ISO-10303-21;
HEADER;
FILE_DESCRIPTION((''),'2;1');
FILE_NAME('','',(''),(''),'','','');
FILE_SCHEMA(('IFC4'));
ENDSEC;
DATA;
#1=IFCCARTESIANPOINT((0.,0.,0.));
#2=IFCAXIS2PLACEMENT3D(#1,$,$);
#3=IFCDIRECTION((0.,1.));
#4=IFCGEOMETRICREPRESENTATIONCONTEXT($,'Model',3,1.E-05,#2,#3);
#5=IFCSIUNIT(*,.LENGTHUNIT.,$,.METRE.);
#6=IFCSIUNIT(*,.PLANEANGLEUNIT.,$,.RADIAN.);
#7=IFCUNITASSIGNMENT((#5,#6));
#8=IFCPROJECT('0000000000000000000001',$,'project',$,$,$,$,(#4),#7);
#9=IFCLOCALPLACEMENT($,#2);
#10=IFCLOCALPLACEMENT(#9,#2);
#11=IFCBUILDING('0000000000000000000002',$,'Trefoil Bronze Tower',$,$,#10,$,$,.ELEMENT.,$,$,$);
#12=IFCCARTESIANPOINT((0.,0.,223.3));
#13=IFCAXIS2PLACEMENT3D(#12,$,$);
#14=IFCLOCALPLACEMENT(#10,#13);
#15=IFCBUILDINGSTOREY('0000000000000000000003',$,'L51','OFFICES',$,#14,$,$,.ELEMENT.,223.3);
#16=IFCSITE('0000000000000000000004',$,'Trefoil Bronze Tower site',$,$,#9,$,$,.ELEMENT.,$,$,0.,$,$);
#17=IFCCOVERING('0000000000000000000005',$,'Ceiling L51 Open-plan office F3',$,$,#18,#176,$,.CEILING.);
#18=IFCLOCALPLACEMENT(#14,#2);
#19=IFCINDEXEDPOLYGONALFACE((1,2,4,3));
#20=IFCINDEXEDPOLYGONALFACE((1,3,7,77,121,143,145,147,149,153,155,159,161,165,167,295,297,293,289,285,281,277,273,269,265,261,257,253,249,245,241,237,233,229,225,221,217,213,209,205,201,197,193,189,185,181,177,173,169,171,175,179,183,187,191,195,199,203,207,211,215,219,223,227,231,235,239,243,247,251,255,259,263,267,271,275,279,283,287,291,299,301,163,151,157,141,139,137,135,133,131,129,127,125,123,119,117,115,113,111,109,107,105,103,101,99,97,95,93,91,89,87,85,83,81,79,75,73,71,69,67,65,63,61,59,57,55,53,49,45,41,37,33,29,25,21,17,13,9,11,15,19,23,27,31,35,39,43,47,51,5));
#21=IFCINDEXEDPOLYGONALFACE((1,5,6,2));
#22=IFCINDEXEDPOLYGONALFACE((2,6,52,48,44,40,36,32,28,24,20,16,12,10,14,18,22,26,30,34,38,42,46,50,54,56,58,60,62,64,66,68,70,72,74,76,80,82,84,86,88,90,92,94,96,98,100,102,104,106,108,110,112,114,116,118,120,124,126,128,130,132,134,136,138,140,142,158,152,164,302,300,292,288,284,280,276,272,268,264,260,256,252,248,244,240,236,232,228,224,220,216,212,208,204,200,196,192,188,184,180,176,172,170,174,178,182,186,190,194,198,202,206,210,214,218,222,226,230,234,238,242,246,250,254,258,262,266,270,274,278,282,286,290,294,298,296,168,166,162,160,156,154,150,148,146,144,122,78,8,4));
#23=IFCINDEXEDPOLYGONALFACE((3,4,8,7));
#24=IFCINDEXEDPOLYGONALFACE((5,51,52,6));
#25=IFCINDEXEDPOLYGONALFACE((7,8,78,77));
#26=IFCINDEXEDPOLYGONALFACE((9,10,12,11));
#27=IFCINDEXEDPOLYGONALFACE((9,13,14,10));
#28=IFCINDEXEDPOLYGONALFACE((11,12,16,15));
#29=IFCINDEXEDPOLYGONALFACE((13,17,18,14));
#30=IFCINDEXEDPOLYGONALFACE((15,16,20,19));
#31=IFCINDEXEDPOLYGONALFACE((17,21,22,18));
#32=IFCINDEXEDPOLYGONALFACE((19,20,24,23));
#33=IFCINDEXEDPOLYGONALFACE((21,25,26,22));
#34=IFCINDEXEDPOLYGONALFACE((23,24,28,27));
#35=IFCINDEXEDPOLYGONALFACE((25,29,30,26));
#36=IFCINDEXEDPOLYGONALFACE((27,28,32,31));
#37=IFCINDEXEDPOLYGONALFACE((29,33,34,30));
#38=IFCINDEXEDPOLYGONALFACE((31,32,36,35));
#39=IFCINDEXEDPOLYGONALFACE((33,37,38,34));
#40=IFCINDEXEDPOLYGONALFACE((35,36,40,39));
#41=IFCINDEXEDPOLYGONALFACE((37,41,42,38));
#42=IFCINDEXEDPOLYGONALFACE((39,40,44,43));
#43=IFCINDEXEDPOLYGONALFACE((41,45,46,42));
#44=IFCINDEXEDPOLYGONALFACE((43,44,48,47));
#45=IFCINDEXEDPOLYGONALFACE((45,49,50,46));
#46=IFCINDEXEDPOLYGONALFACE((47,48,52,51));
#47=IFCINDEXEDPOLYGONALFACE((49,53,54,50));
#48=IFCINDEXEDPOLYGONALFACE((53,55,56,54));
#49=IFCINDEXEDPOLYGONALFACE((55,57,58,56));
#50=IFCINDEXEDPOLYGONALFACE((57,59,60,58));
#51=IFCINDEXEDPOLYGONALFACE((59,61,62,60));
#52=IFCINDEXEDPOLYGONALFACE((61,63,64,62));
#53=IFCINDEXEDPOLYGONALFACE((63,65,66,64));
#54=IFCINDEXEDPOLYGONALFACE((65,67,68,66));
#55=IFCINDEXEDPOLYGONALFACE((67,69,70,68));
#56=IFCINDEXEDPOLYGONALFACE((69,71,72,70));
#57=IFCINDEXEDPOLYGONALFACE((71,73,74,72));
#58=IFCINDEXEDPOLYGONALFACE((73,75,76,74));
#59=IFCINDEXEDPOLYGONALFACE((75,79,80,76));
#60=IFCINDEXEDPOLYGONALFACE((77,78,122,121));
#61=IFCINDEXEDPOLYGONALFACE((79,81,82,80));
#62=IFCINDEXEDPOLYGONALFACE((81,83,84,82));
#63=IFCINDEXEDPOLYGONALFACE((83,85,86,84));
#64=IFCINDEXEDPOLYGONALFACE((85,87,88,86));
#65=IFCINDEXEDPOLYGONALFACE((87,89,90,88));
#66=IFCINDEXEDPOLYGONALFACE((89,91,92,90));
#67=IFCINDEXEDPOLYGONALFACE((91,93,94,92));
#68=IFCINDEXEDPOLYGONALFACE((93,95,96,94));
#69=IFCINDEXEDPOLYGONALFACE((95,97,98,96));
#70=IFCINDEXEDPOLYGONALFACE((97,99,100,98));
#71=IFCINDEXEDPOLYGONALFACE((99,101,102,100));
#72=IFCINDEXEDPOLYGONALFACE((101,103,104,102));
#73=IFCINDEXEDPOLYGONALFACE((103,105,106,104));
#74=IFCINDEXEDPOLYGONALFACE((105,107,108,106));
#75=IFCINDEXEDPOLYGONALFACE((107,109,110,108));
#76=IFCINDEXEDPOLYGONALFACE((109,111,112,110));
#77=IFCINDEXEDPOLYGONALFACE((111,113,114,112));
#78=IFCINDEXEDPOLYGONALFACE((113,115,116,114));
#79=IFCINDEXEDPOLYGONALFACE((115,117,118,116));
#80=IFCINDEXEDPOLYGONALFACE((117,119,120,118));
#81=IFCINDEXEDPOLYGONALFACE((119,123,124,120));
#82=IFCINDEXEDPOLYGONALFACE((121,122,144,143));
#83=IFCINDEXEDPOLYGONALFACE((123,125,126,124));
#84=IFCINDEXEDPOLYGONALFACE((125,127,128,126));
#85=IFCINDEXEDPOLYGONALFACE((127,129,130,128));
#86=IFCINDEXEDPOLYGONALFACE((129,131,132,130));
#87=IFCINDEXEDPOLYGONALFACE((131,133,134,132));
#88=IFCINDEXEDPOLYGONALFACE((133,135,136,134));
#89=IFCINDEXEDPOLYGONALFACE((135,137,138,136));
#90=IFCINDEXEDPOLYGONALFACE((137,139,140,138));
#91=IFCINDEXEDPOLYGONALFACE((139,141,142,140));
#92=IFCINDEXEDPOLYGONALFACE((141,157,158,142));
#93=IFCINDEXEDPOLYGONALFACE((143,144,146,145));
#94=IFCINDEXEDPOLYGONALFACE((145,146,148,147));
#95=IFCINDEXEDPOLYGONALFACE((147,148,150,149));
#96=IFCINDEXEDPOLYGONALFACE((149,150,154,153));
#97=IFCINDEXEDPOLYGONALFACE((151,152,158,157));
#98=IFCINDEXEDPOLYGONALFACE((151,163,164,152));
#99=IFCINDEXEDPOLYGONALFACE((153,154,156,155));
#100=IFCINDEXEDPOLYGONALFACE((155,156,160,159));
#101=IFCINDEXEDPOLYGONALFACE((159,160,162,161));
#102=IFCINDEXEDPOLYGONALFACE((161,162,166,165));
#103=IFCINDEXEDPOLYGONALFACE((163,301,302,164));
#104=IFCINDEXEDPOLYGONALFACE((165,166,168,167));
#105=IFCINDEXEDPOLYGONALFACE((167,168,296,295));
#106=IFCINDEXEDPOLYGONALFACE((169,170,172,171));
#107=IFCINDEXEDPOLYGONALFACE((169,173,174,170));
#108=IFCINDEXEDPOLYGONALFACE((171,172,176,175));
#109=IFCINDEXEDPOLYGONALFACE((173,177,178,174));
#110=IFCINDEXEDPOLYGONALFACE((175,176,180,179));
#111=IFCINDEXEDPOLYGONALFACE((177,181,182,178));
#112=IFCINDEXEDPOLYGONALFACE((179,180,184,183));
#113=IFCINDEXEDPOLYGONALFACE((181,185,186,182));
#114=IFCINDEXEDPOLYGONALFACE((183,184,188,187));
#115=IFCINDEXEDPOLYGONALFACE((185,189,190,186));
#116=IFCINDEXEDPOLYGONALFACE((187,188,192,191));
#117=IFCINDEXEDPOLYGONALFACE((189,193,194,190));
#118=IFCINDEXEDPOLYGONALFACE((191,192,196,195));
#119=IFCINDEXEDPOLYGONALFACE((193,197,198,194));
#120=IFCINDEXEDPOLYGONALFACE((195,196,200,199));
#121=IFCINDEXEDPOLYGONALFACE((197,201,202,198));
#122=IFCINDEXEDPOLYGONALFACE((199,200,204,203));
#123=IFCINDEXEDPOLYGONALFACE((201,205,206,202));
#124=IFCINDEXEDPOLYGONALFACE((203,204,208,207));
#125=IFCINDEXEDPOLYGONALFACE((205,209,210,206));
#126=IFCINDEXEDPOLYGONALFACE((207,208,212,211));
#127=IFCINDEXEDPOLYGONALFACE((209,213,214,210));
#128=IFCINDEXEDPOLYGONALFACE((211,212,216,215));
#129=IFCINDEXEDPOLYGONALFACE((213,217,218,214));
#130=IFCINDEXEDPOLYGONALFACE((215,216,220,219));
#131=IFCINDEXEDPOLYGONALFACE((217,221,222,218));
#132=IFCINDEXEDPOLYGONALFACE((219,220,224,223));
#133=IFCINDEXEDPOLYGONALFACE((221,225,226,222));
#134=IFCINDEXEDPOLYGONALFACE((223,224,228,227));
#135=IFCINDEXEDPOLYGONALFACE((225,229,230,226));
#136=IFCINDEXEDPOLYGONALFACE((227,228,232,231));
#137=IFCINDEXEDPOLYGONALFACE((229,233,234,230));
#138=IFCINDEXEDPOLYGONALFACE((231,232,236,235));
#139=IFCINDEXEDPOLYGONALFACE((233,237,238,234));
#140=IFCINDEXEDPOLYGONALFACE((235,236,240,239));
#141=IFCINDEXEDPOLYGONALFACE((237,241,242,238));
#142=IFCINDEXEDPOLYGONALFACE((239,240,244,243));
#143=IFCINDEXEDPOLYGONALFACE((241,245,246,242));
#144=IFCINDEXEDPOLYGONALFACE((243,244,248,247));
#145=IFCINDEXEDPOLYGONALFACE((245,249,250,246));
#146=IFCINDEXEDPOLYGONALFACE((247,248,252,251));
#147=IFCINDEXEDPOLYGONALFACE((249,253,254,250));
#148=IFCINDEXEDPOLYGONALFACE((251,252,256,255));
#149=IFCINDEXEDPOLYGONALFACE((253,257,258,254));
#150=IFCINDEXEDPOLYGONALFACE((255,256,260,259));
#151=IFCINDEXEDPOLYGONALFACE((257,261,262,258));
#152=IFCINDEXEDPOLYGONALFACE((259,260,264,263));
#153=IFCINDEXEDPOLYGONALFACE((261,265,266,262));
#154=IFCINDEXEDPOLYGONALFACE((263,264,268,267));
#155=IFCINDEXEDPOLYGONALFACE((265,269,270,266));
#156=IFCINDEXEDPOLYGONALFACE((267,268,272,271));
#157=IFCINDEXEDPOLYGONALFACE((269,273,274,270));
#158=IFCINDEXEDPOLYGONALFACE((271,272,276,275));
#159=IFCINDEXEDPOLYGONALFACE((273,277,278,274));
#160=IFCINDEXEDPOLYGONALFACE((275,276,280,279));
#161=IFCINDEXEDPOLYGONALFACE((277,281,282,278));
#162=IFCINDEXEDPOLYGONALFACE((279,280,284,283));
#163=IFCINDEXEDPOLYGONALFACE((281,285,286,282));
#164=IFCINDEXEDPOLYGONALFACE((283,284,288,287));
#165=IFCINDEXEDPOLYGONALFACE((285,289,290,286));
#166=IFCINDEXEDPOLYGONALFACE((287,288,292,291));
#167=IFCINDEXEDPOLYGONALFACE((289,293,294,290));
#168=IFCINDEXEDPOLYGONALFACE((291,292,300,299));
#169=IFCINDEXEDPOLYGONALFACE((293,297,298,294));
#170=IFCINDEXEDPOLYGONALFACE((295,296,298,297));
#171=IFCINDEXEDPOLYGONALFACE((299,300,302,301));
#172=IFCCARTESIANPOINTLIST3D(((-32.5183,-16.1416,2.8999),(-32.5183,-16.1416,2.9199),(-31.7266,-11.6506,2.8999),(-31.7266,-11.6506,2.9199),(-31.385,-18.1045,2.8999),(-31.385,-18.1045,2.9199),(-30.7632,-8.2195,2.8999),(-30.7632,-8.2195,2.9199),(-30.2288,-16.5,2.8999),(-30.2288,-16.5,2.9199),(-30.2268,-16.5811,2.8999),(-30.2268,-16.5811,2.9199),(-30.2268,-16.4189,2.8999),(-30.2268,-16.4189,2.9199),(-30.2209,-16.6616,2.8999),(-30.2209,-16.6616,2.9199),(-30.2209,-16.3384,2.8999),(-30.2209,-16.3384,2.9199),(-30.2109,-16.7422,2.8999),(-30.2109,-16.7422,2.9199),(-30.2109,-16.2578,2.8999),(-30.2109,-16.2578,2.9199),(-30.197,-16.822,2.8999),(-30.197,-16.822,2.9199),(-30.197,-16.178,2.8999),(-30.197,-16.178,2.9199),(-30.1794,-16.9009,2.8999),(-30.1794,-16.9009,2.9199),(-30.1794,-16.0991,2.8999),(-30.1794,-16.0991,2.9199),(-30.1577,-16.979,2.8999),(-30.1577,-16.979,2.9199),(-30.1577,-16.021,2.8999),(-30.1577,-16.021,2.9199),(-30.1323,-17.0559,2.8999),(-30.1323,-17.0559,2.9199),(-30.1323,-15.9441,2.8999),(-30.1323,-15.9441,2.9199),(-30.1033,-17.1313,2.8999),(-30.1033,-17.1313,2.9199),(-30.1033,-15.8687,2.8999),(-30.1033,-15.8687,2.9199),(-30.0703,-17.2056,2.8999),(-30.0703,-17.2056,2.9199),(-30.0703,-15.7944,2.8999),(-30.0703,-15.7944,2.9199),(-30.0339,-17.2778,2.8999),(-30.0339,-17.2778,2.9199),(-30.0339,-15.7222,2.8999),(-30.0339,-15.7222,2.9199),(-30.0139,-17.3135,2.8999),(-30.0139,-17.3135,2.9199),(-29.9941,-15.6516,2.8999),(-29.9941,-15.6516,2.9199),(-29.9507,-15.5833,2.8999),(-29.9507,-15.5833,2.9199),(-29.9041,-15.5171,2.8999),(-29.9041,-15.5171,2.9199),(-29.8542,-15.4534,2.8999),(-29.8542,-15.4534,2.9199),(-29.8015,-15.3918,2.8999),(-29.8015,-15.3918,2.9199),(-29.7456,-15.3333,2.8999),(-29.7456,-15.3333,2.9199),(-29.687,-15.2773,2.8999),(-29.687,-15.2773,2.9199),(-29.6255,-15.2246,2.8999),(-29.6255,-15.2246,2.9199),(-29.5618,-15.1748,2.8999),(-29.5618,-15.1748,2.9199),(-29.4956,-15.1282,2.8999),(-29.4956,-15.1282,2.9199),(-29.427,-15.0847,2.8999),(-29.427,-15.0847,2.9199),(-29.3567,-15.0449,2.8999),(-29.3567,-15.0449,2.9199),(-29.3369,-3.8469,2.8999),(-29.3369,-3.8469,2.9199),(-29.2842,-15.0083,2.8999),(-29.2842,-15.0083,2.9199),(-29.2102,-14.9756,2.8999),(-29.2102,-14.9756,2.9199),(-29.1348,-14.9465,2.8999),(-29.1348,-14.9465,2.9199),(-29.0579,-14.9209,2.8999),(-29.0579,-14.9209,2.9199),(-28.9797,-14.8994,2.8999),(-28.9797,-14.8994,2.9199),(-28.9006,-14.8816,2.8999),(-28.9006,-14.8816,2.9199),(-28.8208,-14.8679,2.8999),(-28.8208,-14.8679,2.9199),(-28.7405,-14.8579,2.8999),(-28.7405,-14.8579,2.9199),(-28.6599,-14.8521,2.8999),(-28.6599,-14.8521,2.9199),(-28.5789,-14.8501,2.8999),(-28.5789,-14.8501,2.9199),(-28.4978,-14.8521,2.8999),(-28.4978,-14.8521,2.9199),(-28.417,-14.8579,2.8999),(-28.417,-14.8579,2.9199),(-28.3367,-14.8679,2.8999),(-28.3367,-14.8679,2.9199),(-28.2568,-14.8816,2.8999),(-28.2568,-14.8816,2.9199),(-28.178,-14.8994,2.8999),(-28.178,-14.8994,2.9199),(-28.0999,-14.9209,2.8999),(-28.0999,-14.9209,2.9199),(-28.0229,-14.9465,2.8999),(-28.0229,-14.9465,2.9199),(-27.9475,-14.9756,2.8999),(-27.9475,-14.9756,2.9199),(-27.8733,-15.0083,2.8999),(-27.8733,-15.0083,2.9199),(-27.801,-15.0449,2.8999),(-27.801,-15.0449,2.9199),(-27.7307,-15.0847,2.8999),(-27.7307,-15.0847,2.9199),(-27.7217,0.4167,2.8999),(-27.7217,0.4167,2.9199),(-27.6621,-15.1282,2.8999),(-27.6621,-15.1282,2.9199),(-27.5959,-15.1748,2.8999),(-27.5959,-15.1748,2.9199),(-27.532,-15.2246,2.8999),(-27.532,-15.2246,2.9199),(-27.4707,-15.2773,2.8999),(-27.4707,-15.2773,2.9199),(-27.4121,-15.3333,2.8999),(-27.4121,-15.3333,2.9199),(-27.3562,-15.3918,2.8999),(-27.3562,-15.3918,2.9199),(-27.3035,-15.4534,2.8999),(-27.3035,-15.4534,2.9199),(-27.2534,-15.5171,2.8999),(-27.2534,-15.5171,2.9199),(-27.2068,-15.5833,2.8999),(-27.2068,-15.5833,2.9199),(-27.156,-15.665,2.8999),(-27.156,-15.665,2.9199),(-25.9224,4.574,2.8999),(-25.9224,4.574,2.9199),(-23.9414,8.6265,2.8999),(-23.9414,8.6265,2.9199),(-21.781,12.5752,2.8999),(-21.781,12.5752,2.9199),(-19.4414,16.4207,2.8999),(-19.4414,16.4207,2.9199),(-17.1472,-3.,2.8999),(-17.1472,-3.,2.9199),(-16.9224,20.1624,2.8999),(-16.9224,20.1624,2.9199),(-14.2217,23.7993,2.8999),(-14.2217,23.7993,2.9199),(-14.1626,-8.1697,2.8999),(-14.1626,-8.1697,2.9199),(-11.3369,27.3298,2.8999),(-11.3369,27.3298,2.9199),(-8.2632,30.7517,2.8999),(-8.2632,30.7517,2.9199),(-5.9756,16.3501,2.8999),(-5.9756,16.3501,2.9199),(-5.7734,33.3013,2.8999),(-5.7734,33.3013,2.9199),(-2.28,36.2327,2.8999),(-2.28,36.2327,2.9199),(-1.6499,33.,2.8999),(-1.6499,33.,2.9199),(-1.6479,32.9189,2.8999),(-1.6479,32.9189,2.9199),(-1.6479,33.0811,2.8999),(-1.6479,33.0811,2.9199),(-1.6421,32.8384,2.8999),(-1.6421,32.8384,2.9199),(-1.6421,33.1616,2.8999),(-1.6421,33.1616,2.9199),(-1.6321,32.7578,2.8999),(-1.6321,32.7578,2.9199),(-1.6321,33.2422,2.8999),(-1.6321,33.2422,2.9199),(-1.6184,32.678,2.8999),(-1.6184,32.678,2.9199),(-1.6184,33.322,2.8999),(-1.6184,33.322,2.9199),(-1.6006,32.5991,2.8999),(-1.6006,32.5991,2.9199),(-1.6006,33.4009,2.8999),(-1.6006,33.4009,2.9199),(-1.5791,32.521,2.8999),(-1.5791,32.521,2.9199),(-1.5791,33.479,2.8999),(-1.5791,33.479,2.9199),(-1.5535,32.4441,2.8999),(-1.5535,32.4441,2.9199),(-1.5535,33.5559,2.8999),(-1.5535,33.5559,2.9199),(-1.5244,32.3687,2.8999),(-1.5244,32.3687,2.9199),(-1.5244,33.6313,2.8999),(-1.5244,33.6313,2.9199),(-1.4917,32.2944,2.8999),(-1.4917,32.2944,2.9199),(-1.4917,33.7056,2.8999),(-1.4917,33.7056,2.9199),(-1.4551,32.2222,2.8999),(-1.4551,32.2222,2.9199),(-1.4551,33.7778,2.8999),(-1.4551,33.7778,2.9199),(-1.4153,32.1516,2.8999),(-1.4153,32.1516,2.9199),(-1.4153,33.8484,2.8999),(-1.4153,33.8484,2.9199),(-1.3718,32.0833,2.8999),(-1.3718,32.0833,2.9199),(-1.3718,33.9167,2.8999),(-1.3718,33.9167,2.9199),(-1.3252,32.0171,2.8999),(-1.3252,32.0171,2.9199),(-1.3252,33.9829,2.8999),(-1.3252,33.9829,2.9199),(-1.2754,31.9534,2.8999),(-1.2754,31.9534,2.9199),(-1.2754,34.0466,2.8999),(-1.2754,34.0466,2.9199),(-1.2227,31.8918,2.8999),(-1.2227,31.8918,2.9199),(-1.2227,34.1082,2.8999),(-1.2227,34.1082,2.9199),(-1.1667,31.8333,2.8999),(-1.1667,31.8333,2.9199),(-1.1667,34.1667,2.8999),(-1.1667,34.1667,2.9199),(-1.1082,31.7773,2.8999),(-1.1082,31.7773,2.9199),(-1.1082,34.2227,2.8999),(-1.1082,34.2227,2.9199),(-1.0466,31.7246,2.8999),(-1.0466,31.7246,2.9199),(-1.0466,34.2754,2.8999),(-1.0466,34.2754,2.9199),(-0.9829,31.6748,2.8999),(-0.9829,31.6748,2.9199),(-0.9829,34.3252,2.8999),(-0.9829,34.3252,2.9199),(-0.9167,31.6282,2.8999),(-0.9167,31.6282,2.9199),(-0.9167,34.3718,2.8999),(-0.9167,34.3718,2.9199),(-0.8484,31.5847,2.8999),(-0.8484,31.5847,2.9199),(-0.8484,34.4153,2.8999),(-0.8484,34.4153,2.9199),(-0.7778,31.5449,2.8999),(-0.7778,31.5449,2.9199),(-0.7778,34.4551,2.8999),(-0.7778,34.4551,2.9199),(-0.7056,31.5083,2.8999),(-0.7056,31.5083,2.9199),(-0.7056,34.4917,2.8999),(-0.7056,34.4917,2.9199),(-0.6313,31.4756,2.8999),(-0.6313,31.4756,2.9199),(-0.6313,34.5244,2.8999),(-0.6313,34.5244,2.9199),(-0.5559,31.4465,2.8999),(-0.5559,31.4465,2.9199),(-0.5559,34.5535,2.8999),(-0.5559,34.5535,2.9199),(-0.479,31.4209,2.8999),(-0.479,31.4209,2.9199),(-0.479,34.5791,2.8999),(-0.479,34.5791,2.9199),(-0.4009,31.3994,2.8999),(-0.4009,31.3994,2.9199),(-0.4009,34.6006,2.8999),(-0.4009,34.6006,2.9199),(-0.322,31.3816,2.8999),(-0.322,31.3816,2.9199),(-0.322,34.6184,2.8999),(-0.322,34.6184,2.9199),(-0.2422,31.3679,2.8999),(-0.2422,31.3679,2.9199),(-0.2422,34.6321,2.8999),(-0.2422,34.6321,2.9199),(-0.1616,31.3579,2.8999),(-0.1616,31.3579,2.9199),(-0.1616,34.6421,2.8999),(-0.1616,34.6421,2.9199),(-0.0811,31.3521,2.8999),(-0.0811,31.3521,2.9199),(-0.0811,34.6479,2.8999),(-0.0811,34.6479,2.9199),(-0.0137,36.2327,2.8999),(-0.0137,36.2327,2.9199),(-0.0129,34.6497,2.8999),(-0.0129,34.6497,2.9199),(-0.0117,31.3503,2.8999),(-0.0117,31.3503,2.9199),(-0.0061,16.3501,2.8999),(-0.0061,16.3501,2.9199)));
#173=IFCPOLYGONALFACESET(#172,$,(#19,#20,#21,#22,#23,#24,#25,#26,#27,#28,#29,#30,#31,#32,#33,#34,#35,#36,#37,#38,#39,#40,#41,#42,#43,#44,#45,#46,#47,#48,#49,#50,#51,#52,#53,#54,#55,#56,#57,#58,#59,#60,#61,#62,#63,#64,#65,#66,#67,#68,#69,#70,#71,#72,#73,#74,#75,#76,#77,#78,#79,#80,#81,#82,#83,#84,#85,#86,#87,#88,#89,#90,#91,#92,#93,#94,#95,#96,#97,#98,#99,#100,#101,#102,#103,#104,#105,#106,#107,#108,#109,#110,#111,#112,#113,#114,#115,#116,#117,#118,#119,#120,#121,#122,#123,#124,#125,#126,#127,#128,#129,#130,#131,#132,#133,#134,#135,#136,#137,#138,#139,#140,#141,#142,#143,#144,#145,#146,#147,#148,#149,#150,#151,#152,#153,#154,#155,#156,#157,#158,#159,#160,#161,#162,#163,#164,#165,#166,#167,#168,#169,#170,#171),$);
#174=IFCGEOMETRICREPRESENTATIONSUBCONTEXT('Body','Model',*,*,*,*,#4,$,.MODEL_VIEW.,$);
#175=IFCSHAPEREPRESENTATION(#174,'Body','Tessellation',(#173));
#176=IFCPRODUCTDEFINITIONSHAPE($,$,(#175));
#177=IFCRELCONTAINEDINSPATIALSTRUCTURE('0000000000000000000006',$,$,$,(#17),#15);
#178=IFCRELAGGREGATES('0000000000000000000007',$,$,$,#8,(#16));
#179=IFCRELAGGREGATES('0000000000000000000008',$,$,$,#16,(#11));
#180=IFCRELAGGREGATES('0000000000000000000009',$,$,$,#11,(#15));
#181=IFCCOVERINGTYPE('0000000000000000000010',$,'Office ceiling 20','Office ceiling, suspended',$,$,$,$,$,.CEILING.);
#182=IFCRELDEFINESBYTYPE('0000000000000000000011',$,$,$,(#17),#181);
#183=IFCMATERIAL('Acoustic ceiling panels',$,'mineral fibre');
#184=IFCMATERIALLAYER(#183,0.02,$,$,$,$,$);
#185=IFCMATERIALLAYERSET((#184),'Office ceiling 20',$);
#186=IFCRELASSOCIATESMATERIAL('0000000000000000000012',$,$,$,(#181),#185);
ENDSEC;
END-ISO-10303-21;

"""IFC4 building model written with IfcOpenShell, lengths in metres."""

from ifc_helpers import new_model, si_unit, direction, frame, origin, place, context, subcontext, project, spatial, polyline, outline, extrude, material, layer, layer_set, type_object, element, save


model = new_model("IFC4")

# Units and contexts
model_context = context("Model", 3, precision=1e-05, world=origin(), true_north=direction((0.0, 1.0)))
body_context = subcontext(model_context, "Body", "Model", "MODEL_VIEW")
ifc_project = project(units=[si_unit("LENGTHUNIT", "METRE"), si_unit("PLANEANGLEUNIT", "RADIAN")], contexts=[model_context])

# Site, building, storey
site_placement = place(None, origin())
site = spatial("IfcSite", under=ifc_project, at=site_placement, Name="Trefoil Bronze Tower site", CompositionType="ELEMENT", RefElevation=0.0)
building_placement = place(site_placement, origin())
building = spatial("IfcBuilding", under=site, at=building_placement, Name="Trefoil Bronze Tower", CompositionType="ELEMENT")
storey_placement = place(building_placement, frame((0.0, 0.0, 223.3)))
storey = spatial("IfcBuildingStorey", under=building, at=storey_placement, Name="L51", Description="OFFICES", CompositionType="ELEMENT", Elevation=223.3)

# Covering
ifc_material_1 = material(Name="Acoustic ceiling panels", Category="mineral fibre")
ifc_layer_1 = layer(ifc_material_1, 0.02)
ifc_layer_set_1 = layer_set([ifc_layer_1], Name="Office ceiling 20")
covering_type_1 = type_object("IfcCoveringType", Name="Office ceiling 20", Description="Office ceiling, suspended", PredefinedType="CEILING", material=ifc_layer_set_1)
covering_1_placement = place(storey_placement, frame((0.0, 0.0, 2.8999)))
element("IfcCovering", 1, at=covering_1_placement, inside=storey, type_object=covering_type_1, Name="Ceiling L51 Open-plan office F3", PredefinedType="CEILING", context=body_context, shape_type="SweptSolid", body=[
    extrude(outline(polyline([(-30.7632, -8.2195), (-29.3369, -3.8469), (-27.7217, 0.4167), (-25.9224, 4.574), (-23.9414, 8.6265), (-21.781, 12.5752), (-19.4414, 16.4207), (-16.9224, 20.1624), (-14.2217, 23.7993), (-11.3369, 27.3298), (-8.2632, 30.7517), (-5.7734, 33.3013), (-2.28, 36.2327), (-0.0137, 36.2327), (-0.0129, 34.6497), (-0.0811, 34.6479), (-0.1616, 34.6421), (-0.2422, 34.6321), (-0.322, 34.6184), (-0.4009, 34.6006), (-0.479, 34.5791), (-0.5559, 34.5535), (-0.6313, 34.5244), (-0.7056, 34.4917), (-0.7778, 34.4551), (-0.8484, 34.4153), (-0.9167, 34.3718), (-0.9829, 34.3252), (-1.0466, 34.2754), (-1.1082, 34.2227), (-1.1667, 34.1667), (-1.2227, 34.1082), (-1.2754, 34.0466), (-1.3252, 33.9829), (-1.3718, 33.9167), (-1.4153, 33.8484), (-1.4551, 33.7778), (-1.4917, 33.7056), (-1.5244, 33.6313), (-1.5535, 33.5559), (-1.5791, 33.479), (-1.6006, 33.4009), (-1.6184, 33.322), (-1.6321, 33.2422), (-1.6421, 33.1616), (-1.6479, 33.0811), (-1.6499, 33.0), (-1.6479, 32.9189), (-1.6421, 32.8384), (-1.6321, 32.7578), (-1.6184, 32.678), (-1.6006, 32.5991), (-1.5791, 32.521), (-1.5535, 32.4441), (-1.5244, 32.3687), (-1.4917, 32.2944), (-1.4551, 32.2222), (-1.4153, 32.1516), (-1.3718, 32.0833), (-1.3252, 32.0171), (-1.2754, 31.9534), (-1.2227, 31.8918), (-1.1667, 31.8333), (-1.1082, 31.7773), (-1.0466, 31.7246), (-0.9829, 31.6748), (-0.9167, 31.6282), (-0.8484, 31.5847), (-0.7778, 31.5449), (-0.7056, 31.5083), (-0.6313, 31.4756), (-0.5559, 31.4465), (-0.479, 31.4209), (-0.4009, 31.3994), (-0.322, 31.3816), (-0.2422, 31.3679), (-0.1616, 31.3579), (-0.0811, 31.3521), (-0.0117, 31.3503), (-0.0061, 16.3501), (-5.9756, 16.3501), (-17.1472, -3.0), (-14.1626, -8.1697), (-27.156, -15.665), (-27.2068, -15.5833), (-27.2534, -15.5171), (-27.3035, -15.4534), (-27.3562, -15.3918), (-27.4121, -15.3333), (-27.4707, -15.2773), (-27.532, -15.2246), (-27.5959, -15.1748), (-27.6621, -15.1282), (-27.7307, -15.0847), (-27.801, -15.0449), (-27.8733, -15.0083), (-27.9475, -14.9756), (-28.0229, -14.9465), (-28.0999, -14.9209), (-28.178, -14.8994), (-28.2568, -14.8816), (-28.3367, -14.8679), (-28.417, -14.8579), (-28.4978, -14.8521), (-28.5789, -14.8501), (-28.6599, -14.8521), (-28.7405, -14.8579), (-28.8208, -14.8679), (-28.9006, -14.8816), (-28.9797, -14.8994), (-29.0579, -14.9209), (-29.1348, -14.9465), (-29.2102, -14.9756), (-29.2842, -15.0083), (-29.3567, -15.0449), (-29.427, -15.0847), (-29.4956, -15.1282), (-29.5618, -15.1748), (-29.6255, -15.2246), (-29.687, -15.2773), (-29.7456, -15.3333), (-29.8015, -15.3918), (-29.8542, -15.4534), (-29.9041, -15.5171), (-29.9507, -15.5833), (-29.9941, -15.6516), (-30.0339, -15.7222), (-30.0703, -15.7944), (-30.1033, -15.8687), (-30.1323, -15.9441), (-30.1577, -16.021), (-30.1794, -16.0991), (-30.197, -16.178), (-30.2109, -16.2578), (-30.2209, -16.3384), (-30.2268, -16.4189), (-30.2288, -16.5), (-30.2268, -16.5811), (-30.2209, -16.6616), (-30.2109, -16.7422), (-30.197, -16.822), (-30.1794, -16.9009), (-30.1577, -16.979), (-30.1323, -17.0559), (-30.1033, -17.1313), (-30.0703, -17.2056), (-30.0339, -17.2778), (-30.0139, -17.3135), (-31.385, -18.1045), (-32.5183, -16.1416), (-31.7266, -11.6506), (-30.7632, -8.2195)])), origin(), (0.0, 0.0, 1.0), 0.02),
])

save(model, "model.ifc")
